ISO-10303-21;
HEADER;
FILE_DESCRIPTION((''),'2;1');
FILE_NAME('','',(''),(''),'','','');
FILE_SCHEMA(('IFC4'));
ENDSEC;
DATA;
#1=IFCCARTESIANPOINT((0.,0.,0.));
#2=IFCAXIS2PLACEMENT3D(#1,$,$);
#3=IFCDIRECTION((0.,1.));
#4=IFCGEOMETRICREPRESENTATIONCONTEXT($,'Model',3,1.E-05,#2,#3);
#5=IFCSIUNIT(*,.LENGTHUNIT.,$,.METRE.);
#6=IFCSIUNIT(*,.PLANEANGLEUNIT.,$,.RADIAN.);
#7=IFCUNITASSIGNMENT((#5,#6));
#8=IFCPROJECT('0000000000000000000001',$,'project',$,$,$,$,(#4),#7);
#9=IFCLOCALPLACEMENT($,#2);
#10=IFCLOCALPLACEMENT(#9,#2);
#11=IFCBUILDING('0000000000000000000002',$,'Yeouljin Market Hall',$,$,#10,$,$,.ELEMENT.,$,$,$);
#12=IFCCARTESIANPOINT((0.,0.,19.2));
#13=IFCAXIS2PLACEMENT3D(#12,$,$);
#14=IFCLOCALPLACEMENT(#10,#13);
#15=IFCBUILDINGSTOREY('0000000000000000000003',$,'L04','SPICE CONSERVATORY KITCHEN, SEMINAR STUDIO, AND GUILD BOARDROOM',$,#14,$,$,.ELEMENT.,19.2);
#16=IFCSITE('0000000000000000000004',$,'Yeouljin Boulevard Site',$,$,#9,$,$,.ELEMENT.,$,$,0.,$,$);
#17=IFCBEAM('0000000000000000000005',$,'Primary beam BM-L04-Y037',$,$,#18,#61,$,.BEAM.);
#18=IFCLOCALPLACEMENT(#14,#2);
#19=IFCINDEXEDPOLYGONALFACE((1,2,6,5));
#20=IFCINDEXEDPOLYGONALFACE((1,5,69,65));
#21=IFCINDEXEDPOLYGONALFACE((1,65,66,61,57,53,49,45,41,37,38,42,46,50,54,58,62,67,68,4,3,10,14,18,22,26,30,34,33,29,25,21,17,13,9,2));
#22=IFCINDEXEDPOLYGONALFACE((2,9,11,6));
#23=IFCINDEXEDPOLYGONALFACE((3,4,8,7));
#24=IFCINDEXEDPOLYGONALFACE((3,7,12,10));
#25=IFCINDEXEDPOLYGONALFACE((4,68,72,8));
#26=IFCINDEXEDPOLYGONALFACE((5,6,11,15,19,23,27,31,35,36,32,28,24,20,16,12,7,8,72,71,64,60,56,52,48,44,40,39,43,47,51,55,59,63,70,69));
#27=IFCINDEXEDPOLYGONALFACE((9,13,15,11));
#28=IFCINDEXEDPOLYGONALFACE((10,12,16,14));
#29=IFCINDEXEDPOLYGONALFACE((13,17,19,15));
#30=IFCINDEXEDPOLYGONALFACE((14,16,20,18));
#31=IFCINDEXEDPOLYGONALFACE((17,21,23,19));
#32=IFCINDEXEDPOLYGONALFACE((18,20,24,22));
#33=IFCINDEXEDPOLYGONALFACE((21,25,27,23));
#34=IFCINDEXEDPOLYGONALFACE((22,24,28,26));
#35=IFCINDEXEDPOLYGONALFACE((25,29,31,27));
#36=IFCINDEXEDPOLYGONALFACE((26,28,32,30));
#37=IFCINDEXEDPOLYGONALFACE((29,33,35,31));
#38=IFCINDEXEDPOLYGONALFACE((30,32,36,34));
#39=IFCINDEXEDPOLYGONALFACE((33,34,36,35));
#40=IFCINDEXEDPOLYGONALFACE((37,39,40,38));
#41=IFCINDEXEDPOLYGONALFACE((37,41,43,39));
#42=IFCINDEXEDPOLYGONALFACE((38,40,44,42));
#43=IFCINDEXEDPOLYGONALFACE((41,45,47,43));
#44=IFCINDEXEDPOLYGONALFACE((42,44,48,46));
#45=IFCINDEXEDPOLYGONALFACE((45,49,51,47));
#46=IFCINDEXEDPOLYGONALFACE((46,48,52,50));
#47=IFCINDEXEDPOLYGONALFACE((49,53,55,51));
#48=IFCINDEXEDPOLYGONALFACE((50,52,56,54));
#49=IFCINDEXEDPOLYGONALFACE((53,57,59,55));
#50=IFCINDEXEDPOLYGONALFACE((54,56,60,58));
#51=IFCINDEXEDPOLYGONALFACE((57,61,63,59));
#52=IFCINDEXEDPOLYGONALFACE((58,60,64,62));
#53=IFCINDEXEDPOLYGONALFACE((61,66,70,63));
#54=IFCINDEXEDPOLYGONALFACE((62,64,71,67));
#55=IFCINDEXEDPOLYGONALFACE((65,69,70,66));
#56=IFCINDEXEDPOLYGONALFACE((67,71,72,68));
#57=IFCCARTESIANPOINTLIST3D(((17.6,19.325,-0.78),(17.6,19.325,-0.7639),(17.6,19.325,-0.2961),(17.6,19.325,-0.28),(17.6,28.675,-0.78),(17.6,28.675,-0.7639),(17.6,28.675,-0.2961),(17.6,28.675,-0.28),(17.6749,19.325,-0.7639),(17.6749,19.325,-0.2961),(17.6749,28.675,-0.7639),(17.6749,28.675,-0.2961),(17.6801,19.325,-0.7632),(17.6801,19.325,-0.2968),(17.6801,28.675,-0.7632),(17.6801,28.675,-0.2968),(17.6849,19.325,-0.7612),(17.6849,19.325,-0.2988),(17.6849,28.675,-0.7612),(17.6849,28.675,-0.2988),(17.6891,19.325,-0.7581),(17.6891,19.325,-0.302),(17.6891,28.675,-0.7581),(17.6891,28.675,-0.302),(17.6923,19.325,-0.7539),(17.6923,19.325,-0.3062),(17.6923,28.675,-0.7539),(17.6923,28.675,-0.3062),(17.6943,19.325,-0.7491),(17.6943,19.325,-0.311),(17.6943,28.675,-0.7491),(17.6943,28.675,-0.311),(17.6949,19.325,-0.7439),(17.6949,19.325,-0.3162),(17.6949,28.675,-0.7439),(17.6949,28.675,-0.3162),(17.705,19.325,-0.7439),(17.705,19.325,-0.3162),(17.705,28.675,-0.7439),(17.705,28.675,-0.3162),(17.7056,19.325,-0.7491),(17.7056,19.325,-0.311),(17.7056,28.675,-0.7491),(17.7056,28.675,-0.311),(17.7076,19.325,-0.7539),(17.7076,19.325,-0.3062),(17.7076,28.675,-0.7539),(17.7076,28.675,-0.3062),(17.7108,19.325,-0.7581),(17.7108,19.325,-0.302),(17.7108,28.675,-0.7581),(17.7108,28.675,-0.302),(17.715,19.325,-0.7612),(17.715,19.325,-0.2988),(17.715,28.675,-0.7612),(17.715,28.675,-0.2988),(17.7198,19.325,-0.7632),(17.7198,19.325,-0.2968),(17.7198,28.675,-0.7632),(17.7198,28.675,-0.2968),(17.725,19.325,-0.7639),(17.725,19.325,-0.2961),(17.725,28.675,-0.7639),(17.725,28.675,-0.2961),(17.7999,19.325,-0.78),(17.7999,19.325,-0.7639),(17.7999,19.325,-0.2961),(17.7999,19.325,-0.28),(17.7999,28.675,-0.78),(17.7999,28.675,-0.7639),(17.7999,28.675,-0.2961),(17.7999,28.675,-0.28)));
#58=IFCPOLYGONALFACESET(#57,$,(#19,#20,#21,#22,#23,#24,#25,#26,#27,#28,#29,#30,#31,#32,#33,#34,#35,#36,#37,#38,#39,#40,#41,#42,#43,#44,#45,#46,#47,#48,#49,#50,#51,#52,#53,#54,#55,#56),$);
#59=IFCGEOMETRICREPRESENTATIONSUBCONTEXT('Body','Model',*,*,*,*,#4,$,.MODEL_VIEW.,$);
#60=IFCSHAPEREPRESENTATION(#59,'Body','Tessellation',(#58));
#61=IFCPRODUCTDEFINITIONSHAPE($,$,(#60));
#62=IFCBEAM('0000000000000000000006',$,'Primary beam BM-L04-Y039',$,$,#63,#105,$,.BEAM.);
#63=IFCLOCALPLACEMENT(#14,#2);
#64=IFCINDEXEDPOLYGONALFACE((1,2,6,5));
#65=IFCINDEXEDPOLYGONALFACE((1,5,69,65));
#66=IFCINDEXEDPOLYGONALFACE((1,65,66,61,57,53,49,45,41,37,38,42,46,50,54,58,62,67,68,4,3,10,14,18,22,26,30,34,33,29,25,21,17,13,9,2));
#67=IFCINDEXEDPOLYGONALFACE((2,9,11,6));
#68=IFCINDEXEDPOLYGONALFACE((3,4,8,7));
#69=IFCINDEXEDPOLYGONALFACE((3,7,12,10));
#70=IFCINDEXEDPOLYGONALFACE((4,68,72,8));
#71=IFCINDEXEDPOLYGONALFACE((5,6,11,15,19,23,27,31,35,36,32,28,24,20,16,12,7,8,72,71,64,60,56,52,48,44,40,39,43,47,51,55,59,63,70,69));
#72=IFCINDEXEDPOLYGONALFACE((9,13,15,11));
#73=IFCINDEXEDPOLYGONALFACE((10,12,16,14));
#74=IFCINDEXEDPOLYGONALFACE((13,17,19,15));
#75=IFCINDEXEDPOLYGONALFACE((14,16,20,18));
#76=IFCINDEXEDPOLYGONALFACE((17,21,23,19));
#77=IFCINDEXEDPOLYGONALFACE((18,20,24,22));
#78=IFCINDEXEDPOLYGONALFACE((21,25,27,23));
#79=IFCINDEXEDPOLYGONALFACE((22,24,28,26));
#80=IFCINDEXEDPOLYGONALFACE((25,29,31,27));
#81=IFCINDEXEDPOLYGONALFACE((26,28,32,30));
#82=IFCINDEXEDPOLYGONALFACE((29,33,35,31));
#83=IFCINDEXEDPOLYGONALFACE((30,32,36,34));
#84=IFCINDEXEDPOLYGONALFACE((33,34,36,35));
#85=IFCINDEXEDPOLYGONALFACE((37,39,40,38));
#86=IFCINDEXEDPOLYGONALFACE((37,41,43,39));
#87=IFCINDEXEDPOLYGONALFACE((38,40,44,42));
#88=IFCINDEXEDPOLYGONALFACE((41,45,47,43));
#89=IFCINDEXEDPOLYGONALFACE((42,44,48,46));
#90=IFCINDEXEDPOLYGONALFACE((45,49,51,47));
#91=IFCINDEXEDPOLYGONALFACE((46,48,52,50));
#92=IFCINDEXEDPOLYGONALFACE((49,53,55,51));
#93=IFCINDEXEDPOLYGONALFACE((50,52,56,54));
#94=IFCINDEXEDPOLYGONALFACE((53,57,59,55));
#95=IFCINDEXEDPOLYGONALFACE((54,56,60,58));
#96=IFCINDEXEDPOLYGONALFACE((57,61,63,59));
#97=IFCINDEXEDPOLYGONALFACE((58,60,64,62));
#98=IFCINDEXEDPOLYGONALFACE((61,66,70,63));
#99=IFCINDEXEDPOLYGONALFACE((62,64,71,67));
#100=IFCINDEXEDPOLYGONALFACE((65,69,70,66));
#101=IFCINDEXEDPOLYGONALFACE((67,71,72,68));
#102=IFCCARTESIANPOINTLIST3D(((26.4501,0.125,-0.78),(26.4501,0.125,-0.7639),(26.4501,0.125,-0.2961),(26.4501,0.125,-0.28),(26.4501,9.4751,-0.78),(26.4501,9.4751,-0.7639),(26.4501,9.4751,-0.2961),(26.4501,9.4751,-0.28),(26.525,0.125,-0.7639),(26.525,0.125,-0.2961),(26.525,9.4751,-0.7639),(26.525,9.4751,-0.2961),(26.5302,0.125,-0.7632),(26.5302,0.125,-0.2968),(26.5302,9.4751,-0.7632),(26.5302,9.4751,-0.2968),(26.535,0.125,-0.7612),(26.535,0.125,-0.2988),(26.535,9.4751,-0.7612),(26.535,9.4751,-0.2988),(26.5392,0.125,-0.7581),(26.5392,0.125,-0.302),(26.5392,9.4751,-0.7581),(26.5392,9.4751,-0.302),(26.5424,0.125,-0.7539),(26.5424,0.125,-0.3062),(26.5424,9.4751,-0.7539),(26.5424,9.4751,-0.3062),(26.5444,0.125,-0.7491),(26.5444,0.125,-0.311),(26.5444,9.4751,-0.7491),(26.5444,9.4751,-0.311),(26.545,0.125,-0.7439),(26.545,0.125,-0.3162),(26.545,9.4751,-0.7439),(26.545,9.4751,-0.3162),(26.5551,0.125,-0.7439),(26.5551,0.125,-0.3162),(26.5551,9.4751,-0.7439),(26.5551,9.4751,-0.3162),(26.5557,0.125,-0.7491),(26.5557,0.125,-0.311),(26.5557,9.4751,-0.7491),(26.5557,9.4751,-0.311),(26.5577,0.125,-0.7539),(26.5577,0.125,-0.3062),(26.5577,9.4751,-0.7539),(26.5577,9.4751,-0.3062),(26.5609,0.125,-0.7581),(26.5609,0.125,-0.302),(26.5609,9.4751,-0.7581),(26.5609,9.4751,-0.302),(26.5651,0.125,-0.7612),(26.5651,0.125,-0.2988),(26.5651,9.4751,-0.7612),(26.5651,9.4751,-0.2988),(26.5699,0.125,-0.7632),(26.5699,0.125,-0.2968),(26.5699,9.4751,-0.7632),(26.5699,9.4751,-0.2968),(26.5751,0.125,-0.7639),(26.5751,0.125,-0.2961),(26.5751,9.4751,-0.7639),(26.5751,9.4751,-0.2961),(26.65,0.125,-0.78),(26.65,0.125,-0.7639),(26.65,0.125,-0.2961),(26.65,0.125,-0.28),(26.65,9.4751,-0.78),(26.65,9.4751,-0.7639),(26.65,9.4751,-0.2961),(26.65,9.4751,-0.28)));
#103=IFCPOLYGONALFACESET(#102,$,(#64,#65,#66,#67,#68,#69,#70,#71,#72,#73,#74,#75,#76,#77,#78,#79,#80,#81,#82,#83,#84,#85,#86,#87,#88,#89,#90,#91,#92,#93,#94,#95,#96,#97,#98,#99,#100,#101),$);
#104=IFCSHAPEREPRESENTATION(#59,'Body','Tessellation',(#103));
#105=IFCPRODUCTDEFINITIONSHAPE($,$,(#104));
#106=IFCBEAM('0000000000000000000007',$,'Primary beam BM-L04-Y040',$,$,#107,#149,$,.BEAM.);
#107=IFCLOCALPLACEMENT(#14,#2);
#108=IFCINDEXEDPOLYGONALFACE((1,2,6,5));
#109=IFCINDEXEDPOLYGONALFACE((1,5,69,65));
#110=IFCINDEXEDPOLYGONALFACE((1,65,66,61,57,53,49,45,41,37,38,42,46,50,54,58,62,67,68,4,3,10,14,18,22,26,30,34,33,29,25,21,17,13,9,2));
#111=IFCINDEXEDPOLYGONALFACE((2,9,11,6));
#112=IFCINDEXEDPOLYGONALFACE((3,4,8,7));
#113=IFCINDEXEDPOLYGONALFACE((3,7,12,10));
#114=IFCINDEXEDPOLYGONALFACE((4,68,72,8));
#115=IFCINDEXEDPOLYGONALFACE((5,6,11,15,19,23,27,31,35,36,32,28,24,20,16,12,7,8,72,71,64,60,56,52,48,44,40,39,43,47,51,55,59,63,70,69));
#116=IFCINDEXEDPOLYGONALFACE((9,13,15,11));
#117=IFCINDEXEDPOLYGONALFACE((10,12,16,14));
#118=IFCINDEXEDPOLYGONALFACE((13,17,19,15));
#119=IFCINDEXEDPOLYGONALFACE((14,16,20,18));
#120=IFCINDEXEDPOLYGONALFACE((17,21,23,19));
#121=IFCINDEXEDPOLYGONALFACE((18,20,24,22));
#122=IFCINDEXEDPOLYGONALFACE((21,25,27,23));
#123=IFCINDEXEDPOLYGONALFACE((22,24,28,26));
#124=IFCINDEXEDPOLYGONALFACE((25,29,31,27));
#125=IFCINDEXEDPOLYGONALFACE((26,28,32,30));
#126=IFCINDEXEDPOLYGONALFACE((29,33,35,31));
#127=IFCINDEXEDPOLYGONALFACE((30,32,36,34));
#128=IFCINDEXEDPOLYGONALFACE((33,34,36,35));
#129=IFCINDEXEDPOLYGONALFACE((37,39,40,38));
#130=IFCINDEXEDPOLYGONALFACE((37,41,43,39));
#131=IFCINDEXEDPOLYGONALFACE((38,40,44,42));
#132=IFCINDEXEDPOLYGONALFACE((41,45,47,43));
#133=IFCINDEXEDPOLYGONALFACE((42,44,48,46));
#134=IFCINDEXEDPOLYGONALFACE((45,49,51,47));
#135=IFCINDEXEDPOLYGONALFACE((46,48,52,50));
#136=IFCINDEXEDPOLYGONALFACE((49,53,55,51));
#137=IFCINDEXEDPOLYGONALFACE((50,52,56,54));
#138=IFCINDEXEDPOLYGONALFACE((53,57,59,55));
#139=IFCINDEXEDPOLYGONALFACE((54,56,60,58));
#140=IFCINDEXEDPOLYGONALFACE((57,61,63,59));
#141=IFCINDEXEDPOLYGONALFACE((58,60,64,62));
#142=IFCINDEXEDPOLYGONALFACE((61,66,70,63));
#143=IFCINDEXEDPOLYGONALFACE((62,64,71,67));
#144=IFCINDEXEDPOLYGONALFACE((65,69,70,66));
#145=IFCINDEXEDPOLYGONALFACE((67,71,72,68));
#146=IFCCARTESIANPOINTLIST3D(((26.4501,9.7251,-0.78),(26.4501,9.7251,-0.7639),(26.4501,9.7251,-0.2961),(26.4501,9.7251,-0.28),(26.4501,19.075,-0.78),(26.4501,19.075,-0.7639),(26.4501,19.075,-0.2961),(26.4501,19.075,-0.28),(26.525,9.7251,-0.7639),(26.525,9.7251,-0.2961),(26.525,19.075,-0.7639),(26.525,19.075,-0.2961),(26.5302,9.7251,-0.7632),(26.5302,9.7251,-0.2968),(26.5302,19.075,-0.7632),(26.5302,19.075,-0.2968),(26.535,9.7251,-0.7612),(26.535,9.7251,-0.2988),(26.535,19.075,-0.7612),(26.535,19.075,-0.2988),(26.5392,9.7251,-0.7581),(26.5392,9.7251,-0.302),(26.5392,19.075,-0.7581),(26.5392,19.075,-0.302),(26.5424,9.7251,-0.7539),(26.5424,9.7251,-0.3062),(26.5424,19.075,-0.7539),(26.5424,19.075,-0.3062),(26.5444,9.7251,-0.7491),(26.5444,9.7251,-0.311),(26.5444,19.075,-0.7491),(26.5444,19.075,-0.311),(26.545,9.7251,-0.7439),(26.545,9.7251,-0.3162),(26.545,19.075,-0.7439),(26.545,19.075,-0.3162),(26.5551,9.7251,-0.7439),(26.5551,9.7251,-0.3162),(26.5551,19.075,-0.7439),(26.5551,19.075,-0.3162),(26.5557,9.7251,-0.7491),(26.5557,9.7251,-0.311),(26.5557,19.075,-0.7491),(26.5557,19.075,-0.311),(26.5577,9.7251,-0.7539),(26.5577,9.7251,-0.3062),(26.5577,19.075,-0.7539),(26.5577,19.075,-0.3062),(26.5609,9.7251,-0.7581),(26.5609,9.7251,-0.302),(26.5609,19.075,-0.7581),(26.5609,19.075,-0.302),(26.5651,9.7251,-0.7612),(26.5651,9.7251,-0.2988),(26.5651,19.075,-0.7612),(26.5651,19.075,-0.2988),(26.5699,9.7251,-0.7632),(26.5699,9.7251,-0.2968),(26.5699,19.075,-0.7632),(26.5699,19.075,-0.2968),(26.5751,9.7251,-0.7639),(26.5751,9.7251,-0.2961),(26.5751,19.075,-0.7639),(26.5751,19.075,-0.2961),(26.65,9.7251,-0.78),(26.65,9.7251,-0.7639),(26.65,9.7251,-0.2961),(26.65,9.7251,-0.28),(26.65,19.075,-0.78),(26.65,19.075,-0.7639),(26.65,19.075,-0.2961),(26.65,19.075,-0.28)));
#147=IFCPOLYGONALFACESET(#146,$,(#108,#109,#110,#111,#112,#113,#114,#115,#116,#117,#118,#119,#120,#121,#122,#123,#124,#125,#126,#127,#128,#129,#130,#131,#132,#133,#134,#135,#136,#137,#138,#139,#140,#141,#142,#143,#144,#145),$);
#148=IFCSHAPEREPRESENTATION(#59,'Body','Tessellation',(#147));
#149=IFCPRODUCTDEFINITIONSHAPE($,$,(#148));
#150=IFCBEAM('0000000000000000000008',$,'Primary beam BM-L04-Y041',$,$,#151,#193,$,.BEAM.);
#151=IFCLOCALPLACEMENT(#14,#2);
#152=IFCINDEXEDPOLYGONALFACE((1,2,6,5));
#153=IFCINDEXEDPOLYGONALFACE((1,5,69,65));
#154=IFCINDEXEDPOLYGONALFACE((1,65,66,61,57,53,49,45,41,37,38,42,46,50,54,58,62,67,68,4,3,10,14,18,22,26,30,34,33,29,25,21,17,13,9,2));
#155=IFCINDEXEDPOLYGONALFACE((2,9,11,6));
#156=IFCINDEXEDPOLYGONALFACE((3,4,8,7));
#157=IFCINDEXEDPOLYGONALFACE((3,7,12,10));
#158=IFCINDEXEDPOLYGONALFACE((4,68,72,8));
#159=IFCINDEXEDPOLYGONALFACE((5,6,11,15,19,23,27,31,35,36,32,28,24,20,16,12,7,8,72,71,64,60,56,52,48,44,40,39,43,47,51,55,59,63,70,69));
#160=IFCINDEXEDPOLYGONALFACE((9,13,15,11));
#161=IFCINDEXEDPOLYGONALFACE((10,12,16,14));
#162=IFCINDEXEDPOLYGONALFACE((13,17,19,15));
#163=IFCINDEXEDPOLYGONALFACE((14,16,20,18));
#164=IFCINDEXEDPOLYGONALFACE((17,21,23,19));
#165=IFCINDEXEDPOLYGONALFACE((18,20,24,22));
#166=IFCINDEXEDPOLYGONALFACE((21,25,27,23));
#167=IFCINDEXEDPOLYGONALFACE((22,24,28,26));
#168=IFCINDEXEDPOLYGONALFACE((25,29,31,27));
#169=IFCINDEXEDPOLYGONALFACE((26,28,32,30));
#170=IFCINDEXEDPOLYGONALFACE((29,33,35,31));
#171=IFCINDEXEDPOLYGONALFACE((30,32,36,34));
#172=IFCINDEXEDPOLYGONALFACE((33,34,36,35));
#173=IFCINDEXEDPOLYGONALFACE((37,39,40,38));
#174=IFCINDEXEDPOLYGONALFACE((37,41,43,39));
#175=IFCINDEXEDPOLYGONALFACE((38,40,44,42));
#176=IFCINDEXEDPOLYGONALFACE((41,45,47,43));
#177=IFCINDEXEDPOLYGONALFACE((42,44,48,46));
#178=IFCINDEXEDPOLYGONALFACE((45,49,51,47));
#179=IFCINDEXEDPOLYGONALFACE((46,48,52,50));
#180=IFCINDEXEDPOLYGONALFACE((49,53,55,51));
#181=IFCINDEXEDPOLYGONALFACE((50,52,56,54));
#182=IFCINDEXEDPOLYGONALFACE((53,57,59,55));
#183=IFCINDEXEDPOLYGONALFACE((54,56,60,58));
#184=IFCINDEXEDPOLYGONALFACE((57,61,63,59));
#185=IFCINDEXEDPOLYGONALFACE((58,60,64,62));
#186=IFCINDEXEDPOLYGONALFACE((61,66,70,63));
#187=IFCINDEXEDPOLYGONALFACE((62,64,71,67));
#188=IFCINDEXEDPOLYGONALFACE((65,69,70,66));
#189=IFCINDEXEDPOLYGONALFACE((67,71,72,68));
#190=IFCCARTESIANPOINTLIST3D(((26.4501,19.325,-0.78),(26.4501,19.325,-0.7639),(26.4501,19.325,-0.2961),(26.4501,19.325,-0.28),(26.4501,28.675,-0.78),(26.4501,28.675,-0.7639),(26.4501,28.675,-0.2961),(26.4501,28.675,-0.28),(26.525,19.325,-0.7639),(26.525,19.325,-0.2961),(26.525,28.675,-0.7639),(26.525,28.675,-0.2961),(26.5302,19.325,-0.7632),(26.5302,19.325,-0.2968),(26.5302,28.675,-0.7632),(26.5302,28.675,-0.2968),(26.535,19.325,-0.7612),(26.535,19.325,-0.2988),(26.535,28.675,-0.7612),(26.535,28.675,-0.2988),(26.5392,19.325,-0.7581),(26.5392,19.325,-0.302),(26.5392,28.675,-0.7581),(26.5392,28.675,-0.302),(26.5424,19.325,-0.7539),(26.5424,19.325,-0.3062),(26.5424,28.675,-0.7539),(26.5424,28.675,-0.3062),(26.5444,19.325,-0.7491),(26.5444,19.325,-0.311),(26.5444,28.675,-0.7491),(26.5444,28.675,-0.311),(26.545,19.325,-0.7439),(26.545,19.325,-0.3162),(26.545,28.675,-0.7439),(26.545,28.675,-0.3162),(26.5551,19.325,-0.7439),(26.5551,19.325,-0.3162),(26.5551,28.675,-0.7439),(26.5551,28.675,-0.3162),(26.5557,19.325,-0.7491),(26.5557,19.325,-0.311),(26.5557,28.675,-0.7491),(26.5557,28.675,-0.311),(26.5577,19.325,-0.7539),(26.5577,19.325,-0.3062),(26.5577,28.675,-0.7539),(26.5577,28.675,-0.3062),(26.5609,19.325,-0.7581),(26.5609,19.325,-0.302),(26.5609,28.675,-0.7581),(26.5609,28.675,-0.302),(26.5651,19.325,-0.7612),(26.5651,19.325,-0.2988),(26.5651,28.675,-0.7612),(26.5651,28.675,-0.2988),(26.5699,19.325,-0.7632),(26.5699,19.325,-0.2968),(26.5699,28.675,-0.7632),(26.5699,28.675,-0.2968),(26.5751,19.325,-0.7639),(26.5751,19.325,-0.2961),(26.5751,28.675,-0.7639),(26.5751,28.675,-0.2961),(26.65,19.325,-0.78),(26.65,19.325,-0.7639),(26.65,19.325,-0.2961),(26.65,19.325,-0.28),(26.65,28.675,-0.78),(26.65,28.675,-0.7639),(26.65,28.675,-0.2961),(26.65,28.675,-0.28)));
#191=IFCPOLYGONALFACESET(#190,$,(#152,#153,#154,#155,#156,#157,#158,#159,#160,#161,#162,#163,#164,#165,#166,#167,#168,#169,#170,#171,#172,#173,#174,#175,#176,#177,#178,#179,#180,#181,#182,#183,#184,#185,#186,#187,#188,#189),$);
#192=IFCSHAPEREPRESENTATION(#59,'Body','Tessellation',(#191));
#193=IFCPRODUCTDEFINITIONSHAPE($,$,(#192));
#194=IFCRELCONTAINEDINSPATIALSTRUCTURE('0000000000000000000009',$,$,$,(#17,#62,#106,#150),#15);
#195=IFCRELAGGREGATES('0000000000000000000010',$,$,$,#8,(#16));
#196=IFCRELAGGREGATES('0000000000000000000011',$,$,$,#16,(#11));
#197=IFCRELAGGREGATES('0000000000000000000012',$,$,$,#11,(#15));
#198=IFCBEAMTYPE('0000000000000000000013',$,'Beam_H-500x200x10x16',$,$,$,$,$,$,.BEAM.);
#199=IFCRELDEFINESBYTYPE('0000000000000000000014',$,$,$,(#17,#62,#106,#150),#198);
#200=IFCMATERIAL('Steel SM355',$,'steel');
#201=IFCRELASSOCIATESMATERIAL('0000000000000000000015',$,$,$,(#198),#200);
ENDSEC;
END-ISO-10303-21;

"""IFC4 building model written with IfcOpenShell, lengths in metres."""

from ifc_helpers import new_model, si_unit, direction, frame, origin, origin_2d, place, context, subcontext, project, spatial, i_section, extrude, material, material_profile, profile_set, type_object, element, save


model = new_model("IFC4")

# Units and contexts
model_context = context("Model", 3, precision=1e-05, world=origin(), true_north=direction((0.0, 1.0)))
body_context = subcontext(model_context, "Body", "Model", "MODEL_VIEW")
ifc_project = project(units=[si_unit("LENGTHUNIT", "METRE"), si_unit("PLANEANGLEUNIT", "RADIAN")], contexts=[model_context])

# Site, building, storey
site_placement = place(None, origin())
site = spatial("IfcSite", under=ifc_project, at=site_placement, Name="Yeouljin Boulevard Site", CompositionType="ELEMENT", RefElevation=0.0)
building_placement = place(site_placement, origin())
building = spatial("IfcBuilding", under=site, at=building_placement, Name="Yeouljin Market Hall", CompositionType="ELEMENT")
storey_placement = place(building_placement, frame((0.0, 0.0, 19.2)))
storey = spatial("IfcBuildingStorey", under=building, at=storey_placement, Name="L04", Description="SPICE CONSERVATORY KITCHEN, SEMINAR STUDIO, AND GUILD BOARDROOM", CompositionType="ELEMENT", Elevation=19.2)

# Beams
ifc_material_1 = material(Name="Steel SM355", Category="steel")
ifc_material_profile_1 = material_profile(ifc_material_1, i_section(OverallWidth=0.2, OverallDepth=0.5, WebThickness=0.01, FlangeThickness=0.0161, FilletRadius=0.02, at=origin_2d()), Name="H-500x200x10x16")
ifc_profile_set_1 = profile_set([ifc_material_profile_1], Name="Steel SM355")
beam_type_1 = type_object("IfcBeamType", Name="Beam_H-500x200x10x16", PredefinedType="BEAM", material=ifc_profile_set_1)
for number, where, z_axis, x_axis, name in (
    (1, (17.7, 19.325, -0.53), (0.0, 1.0, 0.0), (-1.0, 0.0, 0.0), "Primary beam BM-L04-Y037"),
    (2, (26.55, 0.125, -0.53), (0.0, 1.0, 0.0), (-1.0, 0.0, 0.0), "Primary beam BM-L04-Y039"),
):
    element("IfcBeam", number, at=place(storey_placement, frame(where, z_axis=z_axis, x_axis=x_axis)), inside=storey, type_object=beam_type_1, Name=name, PredefinedType="BEAM", context=body_context, shape_type="SweptSolid", body=[
        extrude(i_section(OverallWidth=0.2, OverallDepth=0.5, WebThickness=0.01, FlangeThickness=0.0161, FilletRadius=0.02, at=origin_2d()), origin(), (0.0, 0.0, 1.0), 9.3501),
    ])
beam_1_placement = place(storey_placement, frame((26.55, 9.7251, -0.53), z_axis=(0.0, 1.0, 0.0), x_axis=(-1.0, 0.0, 0.0)))
element("IfcBeam", 3, at=beam_1_placement, inside=storey, type_object=beam_type_1, Name="Primary beam BM-L04-Y040", PredefinedType="BEAM", context=body_context, shape_type="SweptSolid", body=[
    extrude(i_section(OverallWidth=0.2, OverallDepth=0.5, WebThickness=0.01, FlangeThickness=0.0161, FilletRadius=0.02, at=origin_2d()), origin(), (0.0, 0.0, 1.0), 9.3499),
])
for number, where, z_axis, x_axis, name in (
    (4, (26.55, 19.325, -0.53), (0.0, 1.0, 0.0), (-1.0, 0.0, 0.0), "Primary beam BM-L04-Y041"),
):
    element("IfcBeam", number, at=place(storey_placement, frame(where, z_axis=z_axis, x_axis=x_axis)), inside=storey, type_object=beam_type_1, Name=name, PredefinedType="BEAM", context=body_context, shape_type="SweptSolid", body=[
        extrude(i_section(OverallWidth=0.2, OverallDepth=0.5, WebThickness=0.01, FlangeThickness=0.0161, FilletRadius=0.02, at=origin_2d()), origin(), (0.0, 0.0, 1.0), 9.3501),
    ])

save(model, "model.ifc")
